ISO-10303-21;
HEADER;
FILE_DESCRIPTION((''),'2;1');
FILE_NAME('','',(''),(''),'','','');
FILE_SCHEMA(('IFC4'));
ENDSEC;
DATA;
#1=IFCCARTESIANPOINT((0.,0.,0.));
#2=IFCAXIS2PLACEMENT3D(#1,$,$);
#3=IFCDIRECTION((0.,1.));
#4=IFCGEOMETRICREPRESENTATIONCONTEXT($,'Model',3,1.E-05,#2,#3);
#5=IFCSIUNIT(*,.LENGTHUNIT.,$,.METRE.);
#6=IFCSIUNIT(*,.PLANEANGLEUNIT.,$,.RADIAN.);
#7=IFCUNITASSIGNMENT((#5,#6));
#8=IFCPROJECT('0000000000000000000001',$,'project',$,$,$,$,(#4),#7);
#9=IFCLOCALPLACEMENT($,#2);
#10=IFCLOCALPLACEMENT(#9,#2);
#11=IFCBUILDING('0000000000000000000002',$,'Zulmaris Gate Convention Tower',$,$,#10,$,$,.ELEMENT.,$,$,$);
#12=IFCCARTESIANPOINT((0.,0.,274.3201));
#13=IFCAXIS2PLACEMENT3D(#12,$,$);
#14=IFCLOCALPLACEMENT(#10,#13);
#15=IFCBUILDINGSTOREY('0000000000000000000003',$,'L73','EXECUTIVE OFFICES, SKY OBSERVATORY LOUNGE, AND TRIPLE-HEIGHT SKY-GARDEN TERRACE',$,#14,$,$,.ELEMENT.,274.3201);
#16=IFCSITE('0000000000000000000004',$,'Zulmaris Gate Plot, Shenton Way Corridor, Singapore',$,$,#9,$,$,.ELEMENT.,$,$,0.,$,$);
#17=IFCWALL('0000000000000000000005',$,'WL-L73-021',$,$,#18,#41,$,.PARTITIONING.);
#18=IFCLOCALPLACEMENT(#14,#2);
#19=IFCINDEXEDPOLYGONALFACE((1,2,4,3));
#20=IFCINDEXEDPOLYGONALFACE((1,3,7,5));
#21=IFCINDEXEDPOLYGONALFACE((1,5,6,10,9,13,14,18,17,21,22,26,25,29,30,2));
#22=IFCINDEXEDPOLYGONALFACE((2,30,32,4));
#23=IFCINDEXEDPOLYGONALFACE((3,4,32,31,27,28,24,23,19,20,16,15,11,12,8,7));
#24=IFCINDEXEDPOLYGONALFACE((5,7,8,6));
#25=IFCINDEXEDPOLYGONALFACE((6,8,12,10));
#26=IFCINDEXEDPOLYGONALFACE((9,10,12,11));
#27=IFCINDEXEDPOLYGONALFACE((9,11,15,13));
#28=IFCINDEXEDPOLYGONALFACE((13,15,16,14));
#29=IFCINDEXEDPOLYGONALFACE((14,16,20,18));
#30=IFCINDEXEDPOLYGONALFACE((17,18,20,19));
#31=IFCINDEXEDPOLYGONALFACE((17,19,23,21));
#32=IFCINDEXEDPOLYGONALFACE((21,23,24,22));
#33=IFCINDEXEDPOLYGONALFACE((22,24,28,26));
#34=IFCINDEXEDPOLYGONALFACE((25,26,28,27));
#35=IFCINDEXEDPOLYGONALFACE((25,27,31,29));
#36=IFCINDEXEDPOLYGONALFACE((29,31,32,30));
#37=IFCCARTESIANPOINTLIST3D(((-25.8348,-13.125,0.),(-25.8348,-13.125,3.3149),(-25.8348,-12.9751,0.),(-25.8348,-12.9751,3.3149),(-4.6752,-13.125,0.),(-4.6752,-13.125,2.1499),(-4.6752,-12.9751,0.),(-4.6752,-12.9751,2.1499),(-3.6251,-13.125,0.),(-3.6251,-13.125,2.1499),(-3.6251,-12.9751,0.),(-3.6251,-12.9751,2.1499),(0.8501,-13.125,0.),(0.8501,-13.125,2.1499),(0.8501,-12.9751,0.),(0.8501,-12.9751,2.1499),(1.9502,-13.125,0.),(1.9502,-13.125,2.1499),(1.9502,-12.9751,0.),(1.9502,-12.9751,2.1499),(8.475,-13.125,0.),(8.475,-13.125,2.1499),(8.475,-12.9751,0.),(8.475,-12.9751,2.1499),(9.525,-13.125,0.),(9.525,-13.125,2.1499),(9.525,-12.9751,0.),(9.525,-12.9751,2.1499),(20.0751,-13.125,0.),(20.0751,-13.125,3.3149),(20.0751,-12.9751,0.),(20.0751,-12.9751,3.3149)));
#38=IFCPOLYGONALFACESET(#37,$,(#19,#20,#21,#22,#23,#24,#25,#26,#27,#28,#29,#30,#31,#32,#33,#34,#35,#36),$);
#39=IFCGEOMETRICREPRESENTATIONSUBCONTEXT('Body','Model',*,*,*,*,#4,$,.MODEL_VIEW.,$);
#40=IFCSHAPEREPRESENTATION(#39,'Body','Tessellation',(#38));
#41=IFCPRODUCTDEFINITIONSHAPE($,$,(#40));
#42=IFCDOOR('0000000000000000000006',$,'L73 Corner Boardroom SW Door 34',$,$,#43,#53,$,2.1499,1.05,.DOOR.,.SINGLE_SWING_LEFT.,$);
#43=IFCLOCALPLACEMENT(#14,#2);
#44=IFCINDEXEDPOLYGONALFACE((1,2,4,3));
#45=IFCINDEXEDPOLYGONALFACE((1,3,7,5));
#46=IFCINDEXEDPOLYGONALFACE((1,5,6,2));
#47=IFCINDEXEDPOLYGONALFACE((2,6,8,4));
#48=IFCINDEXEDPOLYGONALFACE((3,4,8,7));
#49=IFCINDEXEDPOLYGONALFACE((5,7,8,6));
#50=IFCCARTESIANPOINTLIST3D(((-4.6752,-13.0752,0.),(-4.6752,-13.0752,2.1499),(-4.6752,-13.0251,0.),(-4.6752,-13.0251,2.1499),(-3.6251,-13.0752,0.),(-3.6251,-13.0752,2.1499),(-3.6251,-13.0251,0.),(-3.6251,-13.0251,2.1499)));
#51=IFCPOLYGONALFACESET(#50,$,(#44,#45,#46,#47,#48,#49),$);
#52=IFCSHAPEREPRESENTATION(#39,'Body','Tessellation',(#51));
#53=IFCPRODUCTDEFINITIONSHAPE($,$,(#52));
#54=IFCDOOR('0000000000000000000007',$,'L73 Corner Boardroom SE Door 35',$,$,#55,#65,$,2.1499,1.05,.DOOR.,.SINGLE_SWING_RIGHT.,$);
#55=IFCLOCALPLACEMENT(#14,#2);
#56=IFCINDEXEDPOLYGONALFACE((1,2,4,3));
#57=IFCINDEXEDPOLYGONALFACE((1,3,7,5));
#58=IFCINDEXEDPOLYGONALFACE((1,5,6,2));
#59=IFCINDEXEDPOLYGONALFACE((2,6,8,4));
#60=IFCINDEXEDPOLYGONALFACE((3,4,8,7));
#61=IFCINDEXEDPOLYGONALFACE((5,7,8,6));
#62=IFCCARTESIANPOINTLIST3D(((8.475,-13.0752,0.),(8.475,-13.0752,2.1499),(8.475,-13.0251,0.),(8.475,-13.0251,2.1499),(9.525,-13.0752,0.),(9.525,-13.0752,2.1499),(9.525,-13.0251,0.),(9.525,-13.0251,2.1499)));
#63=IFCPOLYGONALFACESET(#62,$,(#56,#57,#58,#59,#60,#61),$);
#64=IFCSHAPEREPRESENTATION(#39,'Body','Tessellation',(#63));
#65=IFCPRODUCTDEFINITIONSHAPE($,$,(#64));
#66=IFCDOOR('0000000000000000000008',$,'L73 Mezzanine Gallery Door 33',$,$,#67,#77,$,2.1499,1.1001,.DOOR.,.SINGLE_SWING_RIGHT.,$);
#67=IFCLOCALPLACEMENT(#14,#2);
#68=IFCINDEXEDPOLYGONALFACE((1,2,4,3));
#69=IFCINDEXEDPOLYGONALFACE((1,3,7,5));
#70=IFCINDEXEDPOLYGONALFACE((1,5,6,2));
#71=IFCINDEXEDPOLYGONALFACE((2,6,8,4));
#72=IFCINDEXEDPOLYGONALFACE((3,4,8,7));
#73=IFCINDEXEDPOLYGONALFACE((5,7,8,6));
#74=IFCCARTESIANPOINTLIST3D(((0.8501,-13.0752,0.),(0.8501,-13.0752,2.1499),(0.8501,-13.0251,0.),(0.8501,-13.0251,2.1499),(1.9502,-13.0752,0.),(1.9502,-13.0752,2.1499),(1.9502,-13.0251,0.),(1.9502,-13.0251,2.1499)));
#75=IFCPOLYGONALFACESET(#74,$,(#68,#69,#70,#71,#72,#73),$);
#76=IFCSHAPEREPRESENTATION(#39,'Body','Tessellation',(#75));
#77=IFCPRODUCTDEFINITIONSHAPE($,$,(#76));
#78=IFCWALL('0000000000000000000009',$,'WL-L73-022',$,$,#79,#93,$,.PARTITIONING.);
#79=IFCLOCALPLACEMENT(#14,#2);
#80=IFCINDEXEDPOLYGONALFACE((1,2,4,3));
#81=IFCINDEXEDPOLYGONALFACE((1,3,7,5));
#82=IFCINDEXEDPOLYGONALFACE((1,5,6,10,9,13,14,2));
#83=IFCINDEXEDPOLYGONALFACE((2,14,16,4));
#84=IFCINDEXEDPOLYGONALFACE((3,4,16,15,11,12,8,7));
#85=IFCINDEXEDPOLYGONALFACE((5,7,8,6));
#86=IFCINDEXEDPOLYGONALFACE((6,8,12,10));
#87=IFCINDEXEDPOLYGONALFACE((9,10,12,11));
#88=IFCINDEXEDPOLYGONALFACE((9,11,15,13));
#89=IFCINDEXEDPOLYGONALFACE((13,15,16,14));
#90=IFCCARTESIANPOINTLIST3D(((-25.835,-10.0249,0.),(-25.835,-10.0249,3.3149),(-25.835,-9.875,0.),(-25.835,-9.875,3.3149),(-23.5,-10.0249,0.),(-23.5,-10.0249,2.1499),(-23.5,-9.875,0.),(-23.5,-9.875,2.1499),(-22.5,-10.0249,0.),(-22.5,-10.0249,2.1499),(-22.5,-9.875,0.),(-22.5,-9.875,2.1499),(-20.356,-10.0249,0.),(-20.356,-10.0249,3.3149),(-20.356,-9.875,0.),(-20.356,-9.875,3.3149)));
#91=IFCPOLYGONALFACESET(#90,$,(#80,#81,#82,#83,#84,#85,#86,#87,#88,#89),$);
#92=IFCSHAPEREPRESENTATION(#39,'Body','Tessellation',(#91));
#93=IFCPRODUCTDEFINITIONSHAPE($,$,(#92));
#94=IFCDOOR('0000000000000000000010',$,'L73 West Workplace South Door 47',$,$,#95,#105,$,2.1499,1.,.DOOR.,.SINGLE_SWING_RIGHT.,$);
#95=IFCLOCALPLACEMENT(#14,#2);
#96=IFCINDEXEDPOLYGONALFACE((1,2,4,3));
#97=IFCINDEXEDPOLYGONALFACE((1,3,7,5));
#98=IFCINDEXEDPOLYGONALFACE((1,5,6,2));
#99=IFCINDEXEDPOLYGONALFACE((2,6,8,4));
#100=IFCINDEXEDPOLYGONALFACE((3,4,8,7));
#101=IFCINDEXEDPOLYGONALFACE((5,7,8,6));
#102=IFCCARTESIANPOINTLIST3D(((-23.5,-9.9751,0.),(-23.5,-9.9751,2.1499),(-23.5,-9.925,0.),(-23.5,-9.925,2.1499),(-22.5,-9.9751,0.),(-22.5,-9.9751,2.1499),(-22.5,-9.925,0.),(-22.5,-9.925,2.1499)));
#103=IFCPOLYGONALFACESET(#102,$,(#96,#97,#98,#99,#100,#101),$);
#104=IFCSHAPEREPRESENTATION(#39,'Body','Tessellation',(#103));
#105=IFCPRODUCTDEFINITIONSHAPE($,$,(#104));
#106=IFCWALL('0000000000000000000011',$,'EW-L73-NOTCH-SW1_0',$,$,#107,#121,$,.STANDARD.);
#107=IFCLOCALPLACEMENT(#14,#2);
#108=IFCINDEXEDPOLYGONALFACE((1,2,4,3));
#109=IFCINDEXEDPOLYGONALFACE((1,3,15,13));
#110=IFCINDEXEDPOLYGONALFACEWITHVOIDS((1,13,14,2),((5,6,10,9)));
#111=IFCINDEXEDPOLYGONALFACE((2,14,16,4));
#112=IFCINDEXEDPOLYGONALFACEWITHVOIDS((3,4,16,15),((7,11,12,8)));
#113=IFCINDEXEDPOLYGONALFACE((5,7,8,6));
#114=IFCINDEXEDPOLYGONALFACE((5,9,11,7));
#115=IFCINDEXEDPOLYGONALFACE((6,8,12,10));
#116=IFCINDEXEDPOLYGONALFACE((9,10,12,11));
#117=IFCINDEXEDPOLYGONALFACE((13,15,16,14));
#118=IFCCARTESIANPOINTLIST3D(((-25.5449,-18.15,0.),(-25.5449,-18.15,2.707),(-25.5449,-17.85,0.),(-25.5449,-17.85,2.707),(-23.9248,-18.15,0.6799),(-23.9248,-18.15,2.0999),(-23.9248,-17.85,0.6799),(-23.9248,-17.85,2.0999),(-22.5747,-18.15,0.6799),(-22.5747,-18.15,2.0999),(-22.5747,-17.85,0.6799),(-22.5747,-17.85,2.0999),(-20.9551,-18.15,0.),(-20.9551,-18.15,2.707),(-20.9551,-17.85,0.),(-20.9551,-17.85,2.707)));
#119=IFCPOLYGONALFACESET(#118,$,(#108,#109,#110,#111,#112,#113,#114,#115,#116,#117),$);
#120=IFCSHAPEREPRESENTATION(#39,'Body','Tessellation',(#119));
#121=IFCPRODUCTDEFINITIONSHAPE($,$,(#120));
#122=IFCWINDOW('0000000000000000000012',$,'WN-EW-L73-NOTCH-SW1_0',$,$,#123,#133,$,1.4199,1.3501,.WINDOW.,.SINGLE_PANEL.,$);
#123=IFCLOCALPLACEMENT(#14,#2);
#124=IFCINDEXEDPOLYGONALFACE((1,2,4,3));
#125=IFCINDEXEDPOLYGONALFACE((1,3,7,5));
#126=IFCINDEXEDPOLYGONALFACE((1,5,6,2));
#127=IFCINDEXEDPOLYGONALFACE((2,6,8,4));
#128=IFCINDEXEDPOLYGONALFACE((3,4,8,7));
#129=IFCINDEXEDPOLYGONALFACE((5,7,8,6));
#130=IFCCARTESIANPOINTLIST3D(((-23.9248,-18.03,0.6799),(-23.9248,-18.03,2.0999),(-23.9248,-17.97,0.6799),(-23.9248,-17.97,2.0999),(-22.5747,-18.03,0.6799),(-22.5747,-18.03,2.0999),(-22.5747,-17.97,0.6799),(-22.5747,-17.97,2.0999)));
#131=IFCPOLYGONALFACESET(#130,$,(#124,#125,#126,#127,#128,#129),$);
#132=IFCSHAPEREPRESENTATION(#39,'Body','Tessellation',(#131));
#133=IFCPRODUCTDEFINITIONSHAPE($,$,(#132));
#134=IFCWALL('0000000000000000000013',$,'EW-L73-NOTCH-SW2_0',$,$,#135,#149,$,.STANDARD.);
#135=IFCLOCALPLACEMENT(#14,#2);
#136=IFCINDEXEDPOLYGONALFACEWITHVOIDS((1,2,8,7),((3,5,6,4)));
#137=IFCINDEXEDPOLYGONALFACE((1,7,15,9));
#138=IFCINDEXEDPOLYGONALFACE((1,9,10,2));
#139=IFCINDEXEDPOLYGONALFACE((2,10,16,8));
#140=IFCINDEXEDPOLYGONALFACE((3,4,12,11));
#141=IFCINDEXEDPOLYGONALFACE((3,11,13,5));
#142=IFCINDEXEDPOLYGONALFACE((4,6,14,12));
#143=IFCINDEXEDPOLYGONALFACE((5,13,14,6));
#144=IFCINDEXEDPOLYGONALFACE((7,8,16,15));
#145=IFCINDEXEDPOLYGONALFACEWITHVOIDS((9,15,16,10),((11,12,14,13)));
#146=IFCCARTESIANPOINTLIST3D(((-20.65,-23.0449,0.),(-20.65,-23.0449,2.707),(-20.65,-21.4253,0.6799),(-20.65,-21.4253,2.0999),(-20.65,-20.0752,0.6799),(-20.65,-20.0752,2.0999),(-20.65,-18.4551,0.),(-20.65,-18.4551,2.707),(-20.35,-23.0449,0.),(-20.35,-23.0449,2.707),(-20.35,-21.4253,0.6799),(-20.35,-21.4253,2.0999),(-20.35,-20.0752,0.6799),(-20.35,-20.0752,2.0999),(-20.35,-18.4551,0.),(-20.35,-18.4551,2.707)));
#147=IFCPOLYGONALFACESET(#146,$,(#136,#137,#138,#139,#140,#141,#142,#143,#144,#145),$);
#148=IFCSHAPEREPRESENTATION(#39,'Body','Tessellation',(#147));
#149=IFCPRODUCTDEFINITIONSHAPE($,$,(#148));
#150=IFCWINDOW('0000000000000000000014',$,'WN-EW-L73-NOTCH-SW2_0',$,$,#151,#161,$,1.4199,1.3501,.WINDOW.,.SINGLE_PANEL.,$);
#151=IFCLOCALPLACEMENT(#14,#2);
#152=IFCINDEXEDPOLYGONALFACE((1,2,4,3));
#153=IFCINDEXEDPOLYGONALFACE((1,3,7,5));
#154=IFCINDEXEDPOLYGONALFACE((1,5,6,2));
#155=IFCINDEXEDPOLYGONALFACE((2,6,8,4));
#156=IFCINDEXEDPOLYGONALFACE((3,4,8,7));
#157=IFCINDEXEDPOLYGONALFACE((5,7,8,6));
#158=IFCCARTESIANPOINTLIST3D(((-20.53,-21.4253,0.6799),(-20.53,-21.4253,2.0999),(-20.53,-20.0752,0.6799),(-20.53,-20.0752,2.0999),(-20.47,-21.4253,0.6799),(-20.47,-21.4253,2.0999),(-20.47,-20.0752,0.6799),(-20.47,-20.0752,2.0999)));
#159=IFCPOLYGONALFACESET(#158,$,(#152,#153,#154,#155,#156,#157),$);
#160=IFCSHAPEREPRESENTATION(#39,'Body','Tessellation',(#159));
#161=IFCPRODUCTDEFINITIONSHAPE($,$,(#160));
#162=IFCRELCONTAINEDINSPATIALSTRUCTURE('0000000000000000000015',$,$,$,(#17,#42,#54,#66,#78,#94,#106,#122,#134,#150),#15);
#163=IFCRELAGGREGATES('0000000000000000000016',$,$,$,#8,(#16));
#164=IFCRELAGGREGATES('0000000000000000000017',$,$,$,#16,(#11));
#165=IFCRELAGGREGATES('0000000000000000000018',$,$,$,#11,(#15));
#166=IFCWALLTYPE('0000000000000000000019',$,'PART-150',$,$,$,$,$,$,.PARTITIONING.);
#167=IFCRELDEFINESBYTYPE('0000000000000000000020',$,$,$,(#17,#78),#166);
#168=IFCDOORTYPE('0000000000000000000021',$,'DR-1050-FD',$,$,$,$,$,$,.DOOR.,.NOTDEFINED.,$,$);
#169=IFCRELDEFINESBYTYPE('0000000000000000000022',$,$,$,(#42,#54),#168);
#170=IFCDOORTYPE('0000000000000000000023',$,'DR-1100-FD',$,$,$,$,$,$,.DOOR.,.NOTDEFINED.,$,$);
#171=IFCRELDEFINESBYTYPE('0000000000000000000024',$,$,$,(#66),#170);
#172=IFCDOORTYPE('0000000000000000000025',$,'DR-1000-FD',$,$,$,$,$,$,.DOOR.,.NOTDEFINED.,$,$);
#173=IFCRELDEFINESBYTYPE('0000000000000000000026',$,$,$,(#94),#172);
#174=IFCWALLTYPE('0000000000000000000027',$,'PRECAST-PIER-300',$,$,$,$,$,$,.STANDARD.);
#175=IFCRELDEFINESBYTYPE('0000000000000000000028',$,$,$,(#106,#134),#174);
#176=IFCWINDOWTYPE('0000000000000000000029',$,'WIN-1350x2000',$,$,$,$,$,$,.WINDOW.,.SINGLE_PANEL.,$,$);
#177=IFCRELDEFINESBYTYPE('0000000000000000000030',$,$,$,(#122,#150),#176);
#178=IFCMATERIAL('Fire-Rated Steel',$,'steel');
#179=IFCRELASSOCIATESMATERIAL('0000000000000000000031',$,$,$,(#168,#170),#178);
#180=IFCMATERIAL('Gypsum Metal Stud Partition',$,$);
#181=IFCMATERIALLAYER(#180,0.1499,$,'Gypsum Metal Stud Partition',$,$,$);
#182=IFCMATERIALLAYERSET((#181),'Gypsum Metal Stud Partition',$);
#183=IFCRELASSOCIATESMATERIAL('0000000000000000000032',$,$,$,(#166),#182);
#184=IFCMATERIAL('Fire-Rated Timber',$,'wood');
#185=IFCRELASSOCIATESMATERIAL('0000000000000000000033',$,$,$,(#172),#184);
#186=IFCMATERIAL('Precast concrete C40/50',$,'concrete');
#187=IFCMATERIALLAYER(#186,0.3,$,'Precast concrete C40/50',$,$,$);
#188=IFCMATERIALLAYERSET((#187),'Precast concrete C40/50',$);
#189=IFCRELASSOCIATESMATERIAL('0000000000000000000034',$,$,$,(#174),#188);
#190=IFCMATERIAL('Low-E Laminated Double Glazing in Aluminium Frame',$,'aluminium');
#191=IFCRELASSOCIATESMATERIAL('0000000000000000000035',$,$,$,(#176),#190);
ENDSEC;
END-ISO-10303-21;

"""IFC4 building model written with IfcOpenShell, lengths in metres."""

from ifc_helpers import new_model, si_unit, direction, frame, frame_2d, origin, place, context, subcontext, project, spatial, rectangle, extrude, material, layer, layer_set, type_object, element, fill, save


model = new_model("IFC4")

# Units and contexts
model_context = context("Model", 3, precision=1e-05, world=origin(), true_north=direction((0.0, 1.0)))
body_context = subcontext(model_context, "Body", "Model", "MODEL_VIEW")
ifc_project = project(units=[si_unit("LENGTHUNIT", "METRE"), si_unit("PLANEANGLEUNIT", "RADIAN")], contexts=[model_context])

# Site, building, storey
site_placement = place(None, origin())
site = spatial("IfcSite", under=ifc_project, at=site_placement, Name="Zulmaris Gate Plot, Shenton Way Corridor, Singapore", CompositionType="ELEMENT", RefElevation=0.0)
building_placement = place(site_placement, origin())
building = spatial("IfcBuilding", under=site, at=building_placement, Name="Zulmaris Gate Convention Tower", CompositionType="ELEMENT")
storey_placement = place(building_placement, frame((0.0, 0.0, 274.3201)))
storey = spatial("IfcBuildingStorey", under=building, at=storey_placement, Name="L73", Description="EXECUTIVE OFFICES, SKY OBSERVATORY LOUNGE, AND TRIPLE-HEIGHT SKY-GARDEN TERRACE", CompositionType="ELEMENT", Elevation=274.3201)

# Shared definitions
ifc_material_1 = material(Name="Fire-Rated Steel", Category="steel")
door_type_1 = type_object("IfcDoorType", Name="DR-1050-FD", OperationType="NOTDEFINED", PredefinedType="DOOR", material=ifc_material_1)

# Wall, openings, doors
ifc_material_2 = material(Name="Gypsum Metal Stud Partition")
ifc_layer_1 = layer(ifc_material_2, 0.1499, Name="Gypsum Metal Stud Partition")
ifc_layer_set_1 = layer_set([ifc_layer_1], Name="Gypsum Metal Stud Partition")
wall_type_1 = type_object("IfcWallType", Name="PART-150", PredefinedType="PARTITIONING", material=ifc_layer_set_1)
wall_1_placement = place(storey_placement, frame((-25.835, -13.05, 0.0), z_axis=(0.0, 0.0, 1.0), x_axis=(1.0, 0.0, 0.0)))
wall_1 = element("IfcWall", 1, at=wall_1_placement, inside=storey, type_object=wall_type_1, Name="WL-L73-021", PredefinedType="PARTITIONING", context=body_context, shape_type="SweptSolid", body=[
    extrude(rectangle(XDim=45.9099, YDim=0.1499, at=frame_2d((22.9551, 0.0))), origin(), (0.0, 0.0, 1.0), 3.3149),
])
opening_1_placement = place(wall_1_placement, frame((26.6851, 0.0, 0.0)))
opening_1 = element("IfcOpeningElement", 2, at=opening_1_placement, cuts=wall_1, PredefinedType="OPENING", context=body_context, shape_type="SweptSolid", body=[
    extrude(rectangle(XDim=1.1001, YDim=2.1499, at=frame_2d((0.55, 1.075))), frame((0.0, 0.085, 0.0), z_axis=(0.0, -1.0, 0.0), x_axis=(1.0, 0.0, 0.0)), (0.0, 0.0, 1.0), 0.1699),
])
opening_2_placement = place(wall_1_placement, frame((21.1599, 0.0, 0.0)))
opening_2 = element("IfcOpeningElement", 3, at=opening_2_placement, cuts=wall_1, PredefinedType="OPENING", context=body_context, shape_type="SweptSolid", body=[
    extrude(rectangle(XDim=1.05, YDim=2.1499, at=frame_2d((0.5249, 1.075))), frame((0.0, 0.085, 0.0), z_axis=(0.0, -1.0, 0.0), x_axis=(1.0, 0.0, 0.0)), (0.0, 0.0, 1.0), 0.1699),
])
opening_3_placement = place(wall_1_placement, frame((34.3101, 0.0, 0.0)))
opening_3 = element("IfcOpeningElement", 4, at=opening_3_placement, cuts=wall_1, PredefinedType="OPENING", context=body_context, shape_type="SweptSolid", body=[
    extrude(rectangle(XDim=1.05, YDim=2.1499, at=frame_2d((0.5249, 1.075))), frame((0.0, 0.085, 0.0), z_axis=(0.0, -1.0, 0.0), x_axis=(1.0, 0.0, 0.0)), (0.0, 0.0, 1.0), 0.1699),
])
door_1_placement = place(opening_2_placement, origin())
door_1 = element("IfcDoor", 5, at=door_1_placement, inside=storey, type_object=door_type_1, Name="L73 Corner Boardroom SW Door 34", OperationType="SINGLE_SWING_LEFT", OverallHeight=2.1499, OverallWidth=1.05, PredefinedType="DOOR", context=body_context, shape_type="SweptSolid", body=[
    extrude(rectangle(XDim=1.05, YDim=2.1499, at=frame_2d((0.5249, 1.075))), frame((0.0, 0.0249, 0.0), z_axis=(0.0, -1.0, 0.0), x_axis=(1.0, 0.0, 0.0)), (0.0, 0.0, 1.0), 0.05),
])
fill(opening_2, door_1)
door_2_placement = place(opening_3_placement, origin())
door_2 = element("IfcDoor", 6, at=door_2_placement, inside=storey, type_object=door_type_1, Name="L73 Corner Boardroom SE Door 35", OperationType="SINGLE_SWING_RIGHT", OverallHeight=2.1499, OverallWidth=1.05, PredefinedType="DOOR", context=body_context, shape_type="SweptSolid", body=[
    extrude(rectangle(XDim=1.05, YDim=2.1499, at=frame_2d((0.5249, 1.075))), frame((0.0, 0.0249, 0.0), z_axis=(0.0, -1.0, 0.0), x_axis=(1.0, 0.0, 0.0)), (0.0, 0.0, 1.0), 0.05),
])
fill(opening_3, door_2)
door_type_2 = type_object("IfcDoorType", Name="DR-1100-FD", OperationType="NOTDEFINED", PredefinedType="DOOR", material=ifc_material_1)
door_3_placement = place(opening_1_placement, origin())
door_3 = element("IfcDoor", 7, at=door_3_placement, inside=storey, type_object=door_type_2, Name="L73 Mezzanine Gallery Door 33", OperationType="SINGLE_SWING_RIGHT", OverallHeight=2.1499, OverallWidth=1.1001, PredefinedType="DOOR", context=body_context, shape_type="SweptSolid", body=[
    extrude(rectangle(XDim=1.1001, YDim=2.1499, at=frame_2d((0.55, 1.075))), frame((0.0, 0.0249, 0.0), z_axis=(0.0, -1.0, 0.0), x_axis=(1.0, 0.0, 0.0)), (0.0, 0.0, 1.0), 0.05),
])
fill(opening_1, door_3)

# Wall, opening, door
wall_2_placement = place(storey_placement, frame((-25.835, -9.95, 0.0), z_axis=(0.0, 0.0, 1.0), x_axis=(1.0, 0.0, 0.0)))
wall_2 = element("IfcWall", 8, at=wall_2_placement, inside=storey, type_object=wall_type_1, Name="WL-L73-022", PredefinedType="PARTITIONING", context=body_context, shape_type="SweptSolid", body=[
    extrude(rectangle(XDim=5.479, YDim=0.1499, at=frame_2d((2.7395, 0.0))), origin(), (0.0, 0.0, 1.0), 3.3149),
])
opening_4_placement = place(wall_2_placement, frame((2.335, 0.0, 0.0)))
opening_4 = element("IfcOpeningElement", 9, at=opening_4_placement, cuts=wall_2, PredefinedType="OPENING", context=body_context, shape_type="SweptSolid", body=[
    extrude(rectangle(XDim=1.0, YDim=2.1499, at=frame_2d((0.5, 1.075))), frame((0.0, 0.085, 0.0), z_axis=(0.0, -1.0, 0.0), x_axis=(1.0, 0.0, 0.0)), (0.0, 0.0, 1.0), 0.1699),
])
ifc_material_3 = material(Name="Fire-Rated Timber", Category="wood")
door_type_3 = type_object("IfcDoorType", Name="DR-1000-FD", OperationType="NOTDEFINED", PredefinedType="DOOR", material=ifc_material_3)
door_4_placement = place(opening_4_placement, origin())
door_4 = element("IfcDoor", 10, at=door_4_placement, inside=storey, type_object=door_type_3, Name="L73 West Workplace South Door 47", OperationType="SINGLE_SWING_RIGHT", OverallHeight=2.1499, OverallWidth=1.0, PredefinedType="DOOR", context=body_context, shape_type="SweptSolid", body=[
    extrude(rectangle(XDim=1.0, YDim=2.1499, at=frame_2d((0.5, 1.075))), frame((0.0, 0.0249, 0.0), z_axis=(0.0, -1.0, 0.0), x_axis=(1.0, 0.0, 0.0)), (0.0, 0.0, 1.0), 0.05),
])
fill(opening_4, door_4)

# Walls, openings, windows
ifc_material_4 = material(Name="Precast concrete C40/50", Category="concrete")
ifc_layer_2 = layer(ifc_material_4, 0.3, Name="Precast concrete C40/50")
ifc_layer_set_2 = layer_set([ifc_layer_2], Name="Precast concrete C40/50")
wall_type_2 = type_object("IfcWallType", Name="PRECAST-PIER-300", PredefinedType="STANDARD", material=ifc_layer_set_2)
wall_3_placement = place(storey_placement, frame((-25.5449, -18.0, 0.0), z_axis=(0.0, 0.0, 1.0), x_axis=(1.0, 0.0, 0.0)))
wall_3 = element("IfcWall", 11, at=wall_3_placement, inside=storey, type_object=wall_type_2, Name="EW-L73-NOTCH-SW1_0", PredefinedType="STANDARD", context=body_context, shape_type="SweptSolid", body=[
    extrude(rectangle(XDim=4.5898, YDim=0.3, at=frame_2d((2.2949, 0.0))), origin(), (0.0, 0.0, 1.0), 2.707),
])
opening_5_placement = place(wall_3_placement, frame((1.6201, 0.0, 0.6799)))
opening_5 = element("IfcOpeningElement", 12, at=opening_5_placement, cuts=wall_3, PredefinedType="OPENING", context=body_context, shape_type="SweptSolid", body=[
    extrude(rectangle(XDim=1.3501, YDim=1.4199, at=frame_2d((0.675, 0.71))), frame((0.0, 0.1602, 0.0), z_axis=(0.0, -1.0, 0.0), x_axis=(1.0, 0.0, 0.0)), (0.0, 0.0, 1.0), 0.3201),
])
ifc_material_5 = material(Name="Low-E Laminated Double Glazing in Aluminium Frame", Category="aluminium")
window_type = type_object("IfcWindowType", Name="WIN-1350x2000", PartitioningType="SINGLE_PANEL", PredefinedType="WINDOW", material=ifc_material_5)
window_1_placement = place(opening_5_placement, origin())
window_1 = element("IfcWindow", 13, at=window_1_placement, inside=storey, type_object=window_type, Name="WN-EW-L73-NOTCH-SW1_0", OverallHeight=1.4199, OverallWidth=1.3501, PartitioningType="SINGLE_PANEL", PredefinedType="WINDOW", context=body_context, shape_type="SweptSolid", body=[
    extrude(rectangle(XDim=1.3501, YDim=1.4199, at=frame_2d((0.675, 0.71))), frame((0.0, 0.03, 0.0), z_axis=(0.0, -1.0, 0.0), x_axis=(1.0, 0.0, 0.0)), (0.0, 0.0, 1.0), 0.0601),
])
fill(opening_5, window_1)
wall_4_placement = place(storey_placement, frame((-20.5, -18.4551, 0.0), z_axis=(0.0, 0.0, 1.0), x_axis=(0.0, -1.0, 0.0)))
wall_4 = element("IfcWall", 14, at=wall_4_placement, inside=storey, type_object=wall_type_2, Name="EW-L73-NOTCH-SW2_0", PredefinedType="STANDARD", context=body_context, shape_type="SweptSolid", body=[
    extrude(rectangle(XDim=4.5898, YDim=0.3, at=frame_2d((2.2949, 0.0))), origin(), (0.0, 0.0, 1.0), 2.707),
])
opening_6_placement = place(wall_4_placement, frame((1.6201, 0.0, 0.6799)))
opening_6 = element("IfcOpeningElement", 15, at=opening_6_placement, cuts=wall_4, PredefinedType="OPENING", context=body_context, shape_type="SweptSolid", body=[
    extrude(rectangle(XDim=1.3501, YDim=1.4199, at=frame_2d((0.675, 0.71))), frame((0.0, 0.1602, 0.0), z_axis=(0.0, -1.0, 0.0), x_axis=(1.0, 0.0, 0.0)), (0.0, 0.0, 1.0), 0.3201),
])
window_2_placement = place(opening_6_placement, origin())
window_2 = element("IfcWindow", 16, at=window_2_placement, inside=storey, type_object=window_type, Name="WN-EW-L73-NOTCH-SW2_0", OverallHeight=1.4199, OverallWidth=1.3501, PartitioningType="SINGLE_PANEL", PredefinedType="WINDOW", context=body_context, shape_type="SweptSolid", body=[
    extrude(rectangle(XDim=1.3501, YDim=1.4199, at=frame_2d((0.675, 0.71))), frame((0.0, 0.03, 0.0), z_axis=(0.0, -1.0, 0.0), x_axis=(1.0, 0.0, 0.0)), (0.0, 0.0, 1.0), 0.0601),
])
fill(opening_6, window_2)

save(model, "model.ifc")
